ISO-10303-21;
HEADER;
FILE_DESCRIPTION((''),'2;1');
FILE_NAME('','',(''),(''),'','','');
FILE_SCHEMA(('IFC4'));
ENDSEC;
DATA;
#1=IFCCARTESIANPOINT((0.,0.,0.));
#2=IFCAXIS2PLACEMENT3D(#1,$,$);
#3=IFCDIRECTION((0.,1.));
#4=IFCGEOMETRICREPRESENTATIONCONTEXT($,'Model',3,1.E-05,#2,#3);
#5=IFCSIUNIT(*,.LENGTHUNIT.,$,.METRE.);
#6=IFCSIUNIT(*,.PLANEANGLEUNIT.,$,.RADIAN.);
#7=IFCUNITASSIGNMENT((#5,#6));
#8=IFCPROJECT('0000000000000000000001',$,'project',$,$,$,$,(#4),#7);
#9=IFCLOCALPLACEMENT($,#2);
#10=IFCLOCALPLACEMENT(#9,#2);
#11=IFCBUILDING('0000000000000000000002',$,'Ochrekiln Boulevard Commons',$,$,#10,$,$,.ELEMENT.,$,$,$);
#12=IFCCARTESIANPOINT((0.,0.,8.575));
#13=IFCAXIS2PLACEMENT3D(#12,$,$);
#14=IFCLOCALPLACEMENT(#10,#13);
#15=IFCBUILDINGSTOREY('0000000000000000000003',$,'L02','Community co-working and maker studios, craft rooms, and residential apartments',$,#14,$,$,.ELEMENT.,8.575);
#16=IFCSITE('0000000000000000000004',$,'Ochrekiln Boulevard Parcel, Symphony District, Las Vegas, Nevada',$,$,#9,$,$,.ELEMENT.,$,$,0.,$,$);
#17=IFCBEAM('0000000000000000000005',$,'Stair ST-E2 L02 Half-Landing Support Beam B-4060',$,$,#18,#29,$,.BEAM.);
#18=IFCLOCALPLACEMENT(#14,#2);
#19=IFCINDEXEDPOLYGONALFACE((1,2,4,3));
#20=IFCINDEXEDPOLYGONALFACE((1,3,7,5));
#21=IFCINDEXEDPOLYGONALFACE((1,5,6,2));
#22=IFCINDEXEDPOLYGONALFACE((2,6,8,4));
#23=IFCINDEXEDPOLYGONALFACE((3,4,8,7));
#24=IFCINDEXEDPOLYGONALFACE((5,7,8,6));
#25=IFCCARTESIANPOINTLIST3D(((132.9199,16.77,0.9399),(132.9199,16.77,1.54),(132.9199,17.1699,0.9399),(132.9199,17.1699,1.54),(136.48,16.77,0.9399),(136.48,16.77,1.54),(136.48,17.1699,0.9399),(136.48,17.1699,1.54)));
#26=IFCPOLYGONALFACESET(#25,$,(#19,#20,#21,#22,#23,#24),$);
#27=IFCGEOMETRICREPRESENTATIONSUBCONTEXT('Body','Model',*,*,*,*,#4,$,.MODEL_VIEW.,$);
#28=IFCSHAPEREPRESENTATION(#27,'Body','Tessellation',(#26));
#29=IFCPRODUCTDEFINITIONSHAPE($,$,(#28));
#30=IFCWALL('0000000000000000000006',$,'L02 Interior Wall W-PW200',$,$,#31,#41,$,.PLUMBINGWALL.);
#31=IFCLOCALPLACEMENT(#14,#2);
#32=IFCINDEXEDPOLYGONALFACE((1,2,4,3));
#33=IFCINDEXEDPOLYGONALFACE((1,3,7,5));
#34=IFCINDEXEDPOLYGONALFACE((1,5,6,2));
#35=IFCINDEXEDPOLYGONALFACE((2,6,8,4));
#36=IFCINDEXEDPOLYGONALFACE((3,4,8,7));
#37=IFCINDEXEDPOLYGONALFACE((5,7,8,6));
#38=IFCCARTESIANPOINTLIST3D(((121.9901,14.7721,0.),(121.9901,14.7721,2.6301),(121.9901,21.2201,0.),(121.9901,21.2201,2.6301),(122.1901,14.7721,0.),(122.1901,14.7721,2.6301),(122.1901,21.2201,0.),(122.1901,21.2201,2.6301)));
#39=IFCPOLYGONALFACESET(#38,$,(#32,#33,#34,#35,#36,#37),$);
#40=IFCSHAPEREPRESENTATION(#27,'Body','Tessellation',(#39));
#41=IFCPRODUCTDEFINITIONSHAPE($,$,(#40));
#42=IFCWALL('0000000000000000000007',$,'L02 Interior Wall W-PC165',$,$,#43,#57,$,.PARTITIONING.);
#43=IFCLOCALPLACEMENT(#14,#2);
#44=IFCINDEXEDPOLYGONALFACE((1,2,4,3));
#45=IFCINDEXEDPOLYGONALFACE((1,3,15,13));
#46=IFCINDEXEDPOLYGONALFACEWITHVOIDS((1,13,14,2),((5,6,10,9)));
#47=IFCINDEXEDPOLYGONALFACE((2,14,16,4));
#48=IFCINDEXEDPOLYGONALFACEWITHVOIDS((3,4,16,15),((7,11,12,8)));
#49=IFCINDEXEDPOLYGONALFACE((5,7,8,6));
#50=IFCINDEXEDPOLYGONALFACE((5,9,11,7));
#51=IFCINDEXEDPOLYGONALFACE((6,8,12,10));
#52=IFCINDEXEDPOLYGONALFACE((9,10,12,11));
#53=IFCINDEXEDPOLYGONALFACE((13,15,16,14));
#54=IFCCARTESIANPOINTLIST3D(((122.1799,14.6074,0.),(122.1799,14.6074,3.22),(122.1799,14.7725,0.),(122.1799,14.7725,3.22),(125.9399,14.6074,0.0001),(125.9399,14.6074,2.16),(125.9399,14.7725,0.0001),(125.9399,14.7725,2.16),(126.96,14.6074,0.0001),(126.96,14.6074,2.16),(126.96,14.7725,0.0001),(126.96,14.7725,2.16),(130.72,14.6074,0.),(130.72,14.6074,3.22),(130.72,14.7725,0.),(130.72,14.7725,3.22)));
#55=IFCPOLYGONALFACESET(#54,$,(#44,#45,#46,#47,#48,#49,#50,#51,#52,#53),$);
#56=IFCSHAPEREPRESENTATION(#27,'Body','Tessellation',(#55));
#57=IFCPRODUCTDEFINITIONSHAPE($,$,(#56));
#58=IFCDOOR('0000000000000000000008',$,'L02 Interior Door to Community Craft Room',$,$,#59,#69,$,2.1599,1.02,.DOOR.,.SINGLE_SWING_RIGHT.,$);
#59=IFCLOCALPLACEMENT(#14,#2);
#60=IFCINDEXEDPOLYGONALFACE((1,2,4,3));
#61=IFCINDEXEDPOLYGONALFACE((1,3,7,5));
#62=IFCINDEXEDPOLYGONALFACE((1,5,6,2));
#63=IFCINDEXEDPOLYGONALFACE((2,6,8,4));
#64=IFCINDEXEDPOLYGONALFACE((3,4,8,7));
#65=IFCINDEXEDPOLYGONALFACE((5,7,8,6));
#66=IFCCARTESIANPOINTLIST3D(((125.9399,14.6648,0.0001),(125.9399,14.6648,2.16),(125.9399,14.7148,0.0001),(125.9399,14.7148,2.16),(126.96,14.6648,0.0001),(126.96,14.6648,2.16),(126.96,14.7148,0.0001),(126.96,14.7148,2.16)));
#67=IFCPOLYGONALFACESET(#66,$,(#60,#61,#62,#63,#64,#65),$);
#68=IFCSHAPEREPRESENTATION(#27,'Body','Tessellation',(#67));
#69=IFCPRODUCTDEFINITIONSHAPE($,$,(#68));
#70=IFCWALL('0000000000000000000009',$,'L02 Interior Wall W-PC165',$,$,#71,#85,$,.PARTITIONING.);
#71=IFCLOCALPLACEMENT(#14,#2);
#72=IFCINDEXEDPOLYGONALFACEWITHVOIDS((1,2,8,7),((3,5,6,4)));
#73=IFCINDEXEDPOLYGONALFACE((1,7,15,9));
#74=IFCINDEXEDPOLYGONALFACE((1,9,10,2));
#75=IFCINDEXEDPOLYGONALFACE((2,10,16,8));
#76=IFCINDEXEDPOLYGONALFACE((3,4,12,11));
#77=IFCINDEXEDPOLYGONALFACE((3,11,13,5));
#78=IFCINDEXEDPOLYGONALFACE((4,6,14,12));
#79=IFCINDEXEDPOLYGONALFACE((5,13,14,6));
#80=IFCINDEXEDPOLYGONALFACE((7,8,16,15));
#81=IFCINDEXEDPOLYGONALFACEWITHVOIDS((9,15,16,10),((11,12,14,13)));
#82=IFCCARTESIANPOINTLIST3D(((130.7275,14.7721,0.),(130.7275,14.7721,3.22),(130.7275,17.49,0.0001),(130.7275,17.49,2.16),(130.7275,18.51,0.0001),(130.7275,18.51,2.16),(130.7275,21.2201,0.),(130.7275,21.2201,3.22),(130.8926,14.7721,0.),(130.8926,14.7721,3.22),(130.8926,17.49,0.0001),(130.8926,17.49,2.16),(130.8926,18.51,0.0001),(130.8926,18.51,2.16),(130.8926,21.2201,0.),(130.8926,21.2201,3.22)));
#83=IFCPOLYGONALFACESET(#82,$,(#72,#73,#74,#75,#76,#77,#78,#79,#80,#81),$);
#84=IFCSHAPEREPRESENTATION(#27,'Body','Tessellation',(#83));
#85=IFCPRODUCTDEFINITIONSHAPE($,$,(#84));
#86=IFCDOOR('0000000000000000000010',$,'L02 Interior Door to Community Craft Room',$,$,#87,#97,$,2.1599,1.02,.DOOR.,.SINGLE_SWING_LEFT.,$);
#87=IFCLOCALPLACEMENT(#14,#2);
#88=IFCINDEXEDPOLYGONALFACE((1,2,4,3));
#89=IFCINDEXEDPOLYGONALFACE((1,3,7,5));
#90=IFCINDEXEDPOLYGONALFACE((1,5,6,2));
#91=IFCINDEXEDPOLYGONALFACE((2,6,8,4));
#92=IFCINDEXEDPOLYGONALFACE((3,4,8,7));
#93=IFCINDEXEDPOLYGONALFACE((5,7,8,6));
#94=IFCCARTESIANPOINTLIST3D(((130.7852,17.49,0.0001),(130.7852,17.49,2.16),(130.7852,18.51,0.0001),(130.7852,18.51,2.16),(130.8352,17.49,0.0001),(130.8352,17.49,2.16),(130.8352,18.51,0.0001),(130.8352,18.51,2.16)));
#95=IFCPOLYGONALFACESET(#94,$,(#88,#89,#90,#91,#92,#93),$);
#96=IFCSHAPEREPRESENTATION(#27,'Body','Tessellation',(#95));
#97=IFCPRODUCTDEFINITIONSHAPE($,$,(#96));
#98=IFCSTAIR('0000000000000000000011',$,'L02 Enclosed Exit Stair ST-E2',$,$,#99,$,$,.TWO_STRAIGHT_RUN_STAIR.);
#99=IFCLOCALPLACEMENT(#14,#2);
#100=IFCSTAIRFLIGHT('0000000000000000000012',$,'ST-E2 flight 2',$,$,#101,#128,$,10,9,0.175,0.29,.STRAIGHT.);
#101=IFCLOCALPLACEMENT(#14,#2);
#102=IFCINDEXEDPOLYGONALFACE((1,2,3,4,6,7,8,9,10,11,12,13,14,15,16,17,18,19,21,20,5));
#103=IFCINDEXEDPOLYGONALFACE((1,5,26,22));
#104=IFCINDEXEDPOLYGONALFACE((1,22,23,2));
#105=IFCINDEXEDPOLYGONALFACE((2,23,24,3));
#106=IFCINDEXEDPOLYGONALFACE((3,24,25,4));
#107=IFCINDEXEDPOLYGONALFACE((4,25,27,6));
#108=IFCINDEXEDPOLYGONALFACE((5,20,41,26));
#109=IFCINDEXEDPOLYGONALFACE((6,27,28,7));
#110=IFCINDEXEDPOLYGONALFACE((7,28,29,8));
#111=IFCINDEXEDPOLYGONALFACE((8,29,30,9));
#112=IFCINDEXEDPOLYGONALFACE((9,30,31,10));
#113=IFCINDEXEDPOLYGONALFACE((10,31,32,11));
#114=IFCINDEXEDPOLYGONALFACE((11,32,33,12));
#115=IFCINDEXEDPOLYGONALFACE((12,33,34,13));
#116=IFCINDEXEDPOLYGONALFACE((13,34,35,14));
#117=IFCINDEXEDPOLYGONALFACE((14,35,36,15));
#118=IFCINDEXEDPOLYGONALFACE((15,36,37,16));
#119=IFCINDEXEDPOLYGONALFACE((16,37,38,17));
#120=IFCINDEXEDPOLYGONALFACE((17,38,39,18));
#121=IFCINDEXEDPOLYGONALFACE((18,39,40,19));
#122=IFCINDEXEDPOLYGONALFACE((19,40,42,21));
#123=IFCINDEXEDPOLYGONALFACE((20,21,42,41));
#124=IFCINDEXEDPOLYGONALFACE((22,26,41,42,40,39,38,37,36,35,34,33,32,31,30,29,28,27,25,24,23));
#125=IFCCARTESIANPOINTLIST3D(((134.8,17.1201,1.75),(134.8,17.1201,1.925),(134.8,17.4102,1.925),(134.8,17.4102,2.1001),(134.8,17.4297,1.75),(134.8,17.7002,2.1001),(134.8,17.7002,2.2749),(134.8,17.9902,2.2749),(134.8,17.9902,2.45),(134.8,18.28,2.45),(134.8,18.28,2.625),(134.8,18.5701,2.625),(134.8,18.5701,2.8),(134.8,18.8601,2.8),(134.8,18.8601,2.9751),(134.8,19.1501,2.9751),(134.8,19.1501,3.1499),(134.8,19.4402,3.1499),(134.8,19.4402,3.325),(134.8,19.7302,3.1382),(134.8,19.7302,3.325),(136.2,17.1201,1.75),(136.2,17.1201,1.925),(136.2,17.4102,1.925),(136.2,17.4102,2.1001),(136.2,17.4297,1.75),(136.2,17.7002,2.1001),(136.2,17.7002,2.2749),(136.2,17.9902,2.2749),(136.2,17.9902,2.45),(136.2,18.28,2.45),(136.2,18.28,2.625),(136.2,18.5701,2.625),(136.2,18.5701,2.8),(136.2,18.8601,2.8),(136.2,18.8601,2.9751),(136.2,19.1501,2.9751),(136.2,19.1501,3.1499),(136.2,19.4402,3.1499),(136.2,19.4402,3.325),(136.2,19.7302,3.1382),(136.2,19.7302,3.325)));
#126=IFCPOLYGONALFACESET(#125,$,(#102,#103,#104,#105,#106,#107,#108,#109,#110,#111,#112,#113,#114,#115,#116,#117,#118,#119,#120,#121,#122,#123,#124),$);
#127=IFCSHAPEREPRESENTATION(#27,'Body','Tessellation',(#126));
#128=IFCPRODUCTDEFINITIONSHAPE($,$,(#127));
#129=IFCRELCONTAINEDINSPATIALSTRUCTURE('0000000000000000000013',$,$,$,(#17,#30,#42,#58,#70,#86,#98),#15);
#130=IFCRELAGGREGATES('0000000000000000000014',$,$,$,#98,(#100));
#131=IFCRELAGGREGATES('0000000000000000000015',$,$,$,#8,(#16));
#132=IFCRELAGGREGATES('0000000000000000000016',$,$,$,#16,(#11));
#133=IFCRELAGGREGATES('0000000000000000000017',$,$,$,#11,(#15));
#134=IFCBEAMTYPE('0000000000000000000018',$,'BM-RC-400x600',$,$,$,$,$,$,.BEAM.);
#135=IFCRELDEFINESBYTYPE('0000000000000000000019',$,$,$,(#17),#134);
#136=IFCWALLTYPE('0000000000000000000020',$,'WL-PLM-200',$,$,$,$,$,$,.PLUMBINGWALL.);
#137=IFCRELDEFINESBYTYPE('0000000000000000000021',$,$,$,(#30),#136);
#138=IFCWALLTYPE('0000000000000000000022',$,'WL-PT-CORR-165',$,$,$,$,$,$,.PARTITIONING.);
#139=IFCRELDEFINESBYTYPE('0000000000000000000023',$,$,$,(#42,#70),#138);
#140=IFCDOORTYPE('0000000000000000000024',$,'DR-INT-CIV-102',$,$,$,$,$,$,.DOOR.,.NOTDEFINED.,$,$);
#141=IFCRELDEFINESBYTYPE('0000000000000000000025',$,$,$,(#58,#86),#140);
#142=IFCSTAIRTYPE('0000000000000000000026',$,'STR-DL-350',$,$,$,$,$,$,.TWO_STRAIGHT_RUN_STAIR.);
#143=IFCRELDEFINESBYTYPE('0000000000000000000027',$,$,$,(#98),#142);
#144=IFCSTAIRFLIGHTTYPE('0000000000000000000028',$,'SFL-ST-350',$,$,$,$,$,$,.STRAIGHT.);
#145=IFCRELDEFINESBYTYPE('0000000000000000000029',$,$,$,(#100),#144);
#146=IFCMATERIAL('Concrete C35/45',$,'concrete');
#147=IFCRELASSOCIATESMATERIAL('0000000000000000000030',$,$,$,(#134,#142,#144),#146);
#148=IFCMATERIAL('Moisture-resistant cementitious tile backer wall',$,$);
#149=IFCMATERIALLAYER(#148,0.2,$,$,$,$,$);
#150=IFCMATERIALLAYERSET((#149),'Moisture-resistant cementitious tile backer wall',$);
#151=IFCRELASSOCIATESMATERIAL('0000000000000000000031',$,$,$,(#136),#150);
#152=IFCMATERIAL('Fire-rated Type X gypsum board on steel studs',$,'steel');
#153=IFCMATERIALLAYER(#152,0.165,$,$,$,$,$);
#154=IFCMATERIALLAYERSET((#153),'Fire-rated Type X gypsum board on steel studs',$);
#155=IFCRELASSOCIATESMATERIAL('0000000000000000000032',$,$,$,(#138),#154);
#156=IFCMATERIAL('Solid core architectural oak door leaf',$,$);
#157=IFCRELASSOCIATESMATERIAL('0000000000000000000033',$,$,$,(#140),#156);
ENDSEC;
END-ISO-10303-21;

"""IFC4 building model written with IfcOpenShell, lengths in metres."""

from ifc_helpers import new_model, si_unit, direction, frame, frame_2d, origin, origin_2d, place, context, subcontext, project, spatial, polyline, rectangle, outline, extrude, material, layer, layer_set, material_profile, profile_set, type_object, element, fill, aggregate, save


model = new_model("IFC4")

# Units and contexts
model_context = context("Model", 3, precision=1e-05, world=origin(), true_north=direction((0.0, 1.0)))
body_context = subcontext(model_context, "Body", "Model", "MODEL_VIEW")
ifc_project = project(units=[si_unit("LENGTHUNIT", "METRE"), si_unit("PLANEANGLEUNIT", "RADIAN")], contexts=[model_context])

# Site, building, storey
site_placement = place(None, origin())
site = spatial("IfcSite", under=ifc_project, at=site_placement, Name="Ochrekiln Boulevard Parcel, Symphony District, Las Vegas, Nevada", CompositionType="ELEMENT", RefElevation=0.0)
building_placement = place(site_placement, origin())
building = spatial("IfcBuilding", under=site, at=building_placement, Name="Ochrekiln Boulevard Commons", CompositionType="ELEMENT")
storey_placement = place(building_placement, frame((0.0, 0.0, 8.575)))
storey = spatial("IfcBuildingStorey", under=building, at=storey_placement, Name="L02", Description="Community co-working and maker studios, craft rooms, and residential apartments", CompositionType="ELEMENT", Elevation=8.575)

# Beam
ifc_material_1 = material(Name="Concrete C35/45", Category="concrete")
ifc_material_profile = material_profile(ifc_material_1, rectangle(XDim=0.3999, YDim=0.6001, at=origin_2d()), Name="RC-BM-400x600")
ifc_profile_set = profile_set([ifc_material_profile], Name="Concrete C35/45")
beam_type = type_object("IfcBeamType", Name="BM-RC-400x600", PredefinedType="BEAM", material=ifc_profile_set)
beam_placement = place(storey_placement, frame((132.9199, 16.97, 1.24), z_axis=(1.0, 0.0, 0.0), x_axis=(0.0, 1.0, 0.0)))
element("IfcBeam", 1, at=beam_placement, inside=storey, type_object=beam_type, Name="Stair ST-E2 L02 Half-Landing Support Beam B-4060", PredefinedType="BEAM", context=body_context, shape_type="SweptSolid", body=[
    extrude(rectangle(XDim=0.3999, YDim=0.6001, at=origin_2d()), origin(), (0.0, 0.0, 1.0), 3.5601),
])

# Wall
ifc_material_2 = material(Name="Moisture-resistant cementitious tile backer wall")
ifc_layer_1 = layer(ifc_material_2, 0.2)
ifc_layer_set_1 = layer_set([ifc_layer_1], Name="Moisture-resistant cementitious tile backer wall")
wall_type_1 = type_object("IfcWallType", Name="WL-PLM-200", PredefinedType="PLUMBINGWALL", material=ifc_layer_set_1)
wall_1_placement = place(storey_placement, frame((122.0901, 14.772, 0.0), z_axis=(0.0, 0.0, 1.0), x_axis=(0.0, 1.0, 0.0)))
element("IfcWall", 2, at=wall_1_placement, inside=storey, type_object=wall_type_1, Name="L02 Interior Wall W-PW200", PredefinedType="PLUMBINGWALL", context=body_context, shape_type="SweptSolid", body=[
    extrude(rectangle(XDim=6.448, YDim=0.2, at=frame_2d((3.2241, 0.0))), origin(), (0.0, 0.0, 1.0), 2.6301),
])

# Walls, openings, doors
ifc_material_3 = material(Name="Fire-rated Type X gypsum board on steel studs", Category="steel")
ifc_layer_2 = layer(ifc_material_3, 0.165)
ifc_layer_set_2 = layer_set([ifc_layer_2], Name="Fire-rated Type X gypsum board on steel studs")
wall_type_2 = type_object("IfcWallType", Name="WL-PT-CORR-165", PredefinedType="PARTITIONING", material=ifc_layer_set_2)
wall_2_placement = place(storey_placement, frame((122.1799, 14.6899, 0.0), z_axis=(0.0, 0.0, 1.0), x_axis=(1.0, 0.0, 0.0)))
wall_2 = element("IfcWall", 3, at=wall_2_placement, inside=storey, type_object=wall_type_2, Name="L02 Interior Wall W-PC165", PredefinedType="PARTITIONING", context=body_context, shape_type="SweptSolid", body=[
    extrude(rectangle(XDim=8.54, YDim=0.165, at=frame_2d((4.27, 0.0))), origin(), (0.0, 0.0, 1.0), 3.22),
])
opening_1_placement = place(wall_2_placement, frame((3.76, 0.0, 0.0)))
opening_1 = element("IfcOpeningElement", 4, at=opening_1_placement, cuts=wall_2, PredefinedType="OPENING", context=body_context, shape_type="SweptSolid", body=[
    extrude(rectangle(XDim=1.02, YDim=2.1599, at=frame_2d((0.51, 1.0801))), frame((0.0, 0.0925, 0.0), z_axis=(0.0, -1.0, 0.0), x_axis=(1.0, 0.0, 0.0)), (0.0, 0.0, 1.0), 0.1851),
])
ifc_material_4 = material(Name="Solid core architectural oak door leaf")
door_type_1 = type_object("IfcDoorType", Name="DR-INT-CIV-102", OperationType="NOTDEFINED", PredefinedType="DOOR", material=ifc_material_4)
door_1_placement = place(opening_1_placement, origin())
door_1 = element("IfcDoor", 5, at=door_1_placement, inside=storey, type_object=door_type_1, Name="L02 Interior Door to Community Craft Room", OperationType="SINGLE_SWING_RIGHT", OverallHeight=2.1599, OverallWidth=1.02, PredefinedType="DOOR", context=body_context, shape_type="SweptSolid", body=[
    extrude(rectangle(XDim=1.02, YDim=2.1599, at=frame_2d((0.51, 1.0801))), frame((0.0, 0.0249, 0.0), z_axis=(0.0, -1.0, 0.0), x_axis=(1.0, 0.0, 0.0)), (0.0, 0.0, 1.0), 0.05),
])
fill(opening_1, door_1)
wall_3_placement = place(storey_placement, frame((130.8101, 14.772, 0.0), z_axis=(0.0, 0.0, 1.0), x_axis=(0.0, 1.0, 0.0)))
wall_3 = element("IfcWall", 6, at=wall_3_placement, inside=storey, type_object=wall_type_2, Name="L02 Interior Wall W-PC165", PredefinedType="PARTITIONING", context=body_context, shape_type="SweptSolid", body=[
    extrude(rectangle(XDim=6.448, YDim=0.165, at=frame_2d((3.2241, 0.0))), origin(), (0.0, 0.0, 1.0), 3.22),
])
opening_2_placement = place(wall_3_placement, frame((2.718, 0.0, 0.0)))
opening_2 = element("IfcOpeningElement", 7, at=opening_2_placement, cuts=wall_3, PredefinedType="OPENING", context=body_context, shape_type="SweptSolid", body=[
    extrude(rectangle(XDim=1.02, YDim=2.1599, at=frame_2d((0.51, 1.0801))), frame((0.0, 0.0925, 0.0), z_axis=(0.0, -1.0, 0.0), x_axis=(1.0, 0.0, 0.0)), (0.0, 0.0, 1.0), 0.1851),
])
door_2_placement = place(opening_2_placement, origin())
door_2 = element("IfcDoor", 8, at=door_2_placement, inside=storey, type_object=door_type_1, Name="L02 Interior Door to Community Craft Room", OperationType="SINGLE_SWING_LEFT", OverallHeight=2.1599, OverallWidth=1.02, PredefinedType="DOOR", context=body_context, shape_type="SweptSolid", body=[
    extrude(rectangle(XDim=1.02, YDim=2.1599, at=frame_2d((0.51, 1.0801))), frame((0.0, 0.0249, 0.0), z_axis=(0.0, -1.0, 0.0), x_axis=(1.0, 0.0, 0.0)), (0.0, 0.0, 1.0), 0.05),
])
fill(opening_2, door_2)

# Stair, stair flight
stair_type = type_object("IfcStairType", Name="STR-DL-350", PredefinedType="TWO_STRAIGHT_RUN_STAIR", material=ifc_material_1)
stair_placement = place(storey_placement, origin())
stair = element("IfcStair", 9, at=stair_placement, inside=storey, type_object=stair_type, Name="L02 Enclosed Exit Stair ST-E2", PredefinedType="TWO_STRAIGHT_RUN_STAIR")
stair_flight_type = type_object("IfcStairFlightType", Name="SFL-ST-350", PredefinedType="STRAIGHT", material=ifc_material_1)
stair_flight_placement = place(storey_placement, frame((135.5, 17.1201, 1.75), z_axis=(0.0, 0.0, 1.0), x_axis=(0.0, 1.0, 0.0)))
stair_flight = element("IfcStairFlight", 10, at=stair_flight_placement, type_object=stair_flight_type, Name="ST-E2 flight 2", NumberOfRisers=10, NumberOfTreads=9, PredefinedType="STRAIGHT", RiserHeight=0.175, TreadLength=0.29, context=body_context, shape_type="SweptSolid", body=[
    extrude(outline(polyline([(0.0, 0.0), (0.0, 0.175), (0.29, 0.175), (0.29, 0.3501), (0.5801, 0.3501), (0.5801, 0.5249), (0.8701, 0.5249), (0.8701, 0.7), (1.1599, 0.7), (1.1599, 0.875), (1.45, 0.875), (1.45, 1.05), (1.74, 1.05), (1.74, 1.2251), (2.03, 1.2251), (2.03, 1.3999), (2.3201, 1.3999), (2.3201, 1.575), (2.6101, 1.575), (2.6101, 1.75), (2.6101, 1.3882), (0.3096, 0.0), (0.0, 0.0)])), frame((0.0, 0.7, 0.0), z_axis=(0.0, -1.0, 0.0), x_axis=(1.0, 0.0, 0.0)), (0.0, 0.0, 1.0), 1.3999),
])
aggregate(stair, [stair_flight])

save(model, "model.ifc")
